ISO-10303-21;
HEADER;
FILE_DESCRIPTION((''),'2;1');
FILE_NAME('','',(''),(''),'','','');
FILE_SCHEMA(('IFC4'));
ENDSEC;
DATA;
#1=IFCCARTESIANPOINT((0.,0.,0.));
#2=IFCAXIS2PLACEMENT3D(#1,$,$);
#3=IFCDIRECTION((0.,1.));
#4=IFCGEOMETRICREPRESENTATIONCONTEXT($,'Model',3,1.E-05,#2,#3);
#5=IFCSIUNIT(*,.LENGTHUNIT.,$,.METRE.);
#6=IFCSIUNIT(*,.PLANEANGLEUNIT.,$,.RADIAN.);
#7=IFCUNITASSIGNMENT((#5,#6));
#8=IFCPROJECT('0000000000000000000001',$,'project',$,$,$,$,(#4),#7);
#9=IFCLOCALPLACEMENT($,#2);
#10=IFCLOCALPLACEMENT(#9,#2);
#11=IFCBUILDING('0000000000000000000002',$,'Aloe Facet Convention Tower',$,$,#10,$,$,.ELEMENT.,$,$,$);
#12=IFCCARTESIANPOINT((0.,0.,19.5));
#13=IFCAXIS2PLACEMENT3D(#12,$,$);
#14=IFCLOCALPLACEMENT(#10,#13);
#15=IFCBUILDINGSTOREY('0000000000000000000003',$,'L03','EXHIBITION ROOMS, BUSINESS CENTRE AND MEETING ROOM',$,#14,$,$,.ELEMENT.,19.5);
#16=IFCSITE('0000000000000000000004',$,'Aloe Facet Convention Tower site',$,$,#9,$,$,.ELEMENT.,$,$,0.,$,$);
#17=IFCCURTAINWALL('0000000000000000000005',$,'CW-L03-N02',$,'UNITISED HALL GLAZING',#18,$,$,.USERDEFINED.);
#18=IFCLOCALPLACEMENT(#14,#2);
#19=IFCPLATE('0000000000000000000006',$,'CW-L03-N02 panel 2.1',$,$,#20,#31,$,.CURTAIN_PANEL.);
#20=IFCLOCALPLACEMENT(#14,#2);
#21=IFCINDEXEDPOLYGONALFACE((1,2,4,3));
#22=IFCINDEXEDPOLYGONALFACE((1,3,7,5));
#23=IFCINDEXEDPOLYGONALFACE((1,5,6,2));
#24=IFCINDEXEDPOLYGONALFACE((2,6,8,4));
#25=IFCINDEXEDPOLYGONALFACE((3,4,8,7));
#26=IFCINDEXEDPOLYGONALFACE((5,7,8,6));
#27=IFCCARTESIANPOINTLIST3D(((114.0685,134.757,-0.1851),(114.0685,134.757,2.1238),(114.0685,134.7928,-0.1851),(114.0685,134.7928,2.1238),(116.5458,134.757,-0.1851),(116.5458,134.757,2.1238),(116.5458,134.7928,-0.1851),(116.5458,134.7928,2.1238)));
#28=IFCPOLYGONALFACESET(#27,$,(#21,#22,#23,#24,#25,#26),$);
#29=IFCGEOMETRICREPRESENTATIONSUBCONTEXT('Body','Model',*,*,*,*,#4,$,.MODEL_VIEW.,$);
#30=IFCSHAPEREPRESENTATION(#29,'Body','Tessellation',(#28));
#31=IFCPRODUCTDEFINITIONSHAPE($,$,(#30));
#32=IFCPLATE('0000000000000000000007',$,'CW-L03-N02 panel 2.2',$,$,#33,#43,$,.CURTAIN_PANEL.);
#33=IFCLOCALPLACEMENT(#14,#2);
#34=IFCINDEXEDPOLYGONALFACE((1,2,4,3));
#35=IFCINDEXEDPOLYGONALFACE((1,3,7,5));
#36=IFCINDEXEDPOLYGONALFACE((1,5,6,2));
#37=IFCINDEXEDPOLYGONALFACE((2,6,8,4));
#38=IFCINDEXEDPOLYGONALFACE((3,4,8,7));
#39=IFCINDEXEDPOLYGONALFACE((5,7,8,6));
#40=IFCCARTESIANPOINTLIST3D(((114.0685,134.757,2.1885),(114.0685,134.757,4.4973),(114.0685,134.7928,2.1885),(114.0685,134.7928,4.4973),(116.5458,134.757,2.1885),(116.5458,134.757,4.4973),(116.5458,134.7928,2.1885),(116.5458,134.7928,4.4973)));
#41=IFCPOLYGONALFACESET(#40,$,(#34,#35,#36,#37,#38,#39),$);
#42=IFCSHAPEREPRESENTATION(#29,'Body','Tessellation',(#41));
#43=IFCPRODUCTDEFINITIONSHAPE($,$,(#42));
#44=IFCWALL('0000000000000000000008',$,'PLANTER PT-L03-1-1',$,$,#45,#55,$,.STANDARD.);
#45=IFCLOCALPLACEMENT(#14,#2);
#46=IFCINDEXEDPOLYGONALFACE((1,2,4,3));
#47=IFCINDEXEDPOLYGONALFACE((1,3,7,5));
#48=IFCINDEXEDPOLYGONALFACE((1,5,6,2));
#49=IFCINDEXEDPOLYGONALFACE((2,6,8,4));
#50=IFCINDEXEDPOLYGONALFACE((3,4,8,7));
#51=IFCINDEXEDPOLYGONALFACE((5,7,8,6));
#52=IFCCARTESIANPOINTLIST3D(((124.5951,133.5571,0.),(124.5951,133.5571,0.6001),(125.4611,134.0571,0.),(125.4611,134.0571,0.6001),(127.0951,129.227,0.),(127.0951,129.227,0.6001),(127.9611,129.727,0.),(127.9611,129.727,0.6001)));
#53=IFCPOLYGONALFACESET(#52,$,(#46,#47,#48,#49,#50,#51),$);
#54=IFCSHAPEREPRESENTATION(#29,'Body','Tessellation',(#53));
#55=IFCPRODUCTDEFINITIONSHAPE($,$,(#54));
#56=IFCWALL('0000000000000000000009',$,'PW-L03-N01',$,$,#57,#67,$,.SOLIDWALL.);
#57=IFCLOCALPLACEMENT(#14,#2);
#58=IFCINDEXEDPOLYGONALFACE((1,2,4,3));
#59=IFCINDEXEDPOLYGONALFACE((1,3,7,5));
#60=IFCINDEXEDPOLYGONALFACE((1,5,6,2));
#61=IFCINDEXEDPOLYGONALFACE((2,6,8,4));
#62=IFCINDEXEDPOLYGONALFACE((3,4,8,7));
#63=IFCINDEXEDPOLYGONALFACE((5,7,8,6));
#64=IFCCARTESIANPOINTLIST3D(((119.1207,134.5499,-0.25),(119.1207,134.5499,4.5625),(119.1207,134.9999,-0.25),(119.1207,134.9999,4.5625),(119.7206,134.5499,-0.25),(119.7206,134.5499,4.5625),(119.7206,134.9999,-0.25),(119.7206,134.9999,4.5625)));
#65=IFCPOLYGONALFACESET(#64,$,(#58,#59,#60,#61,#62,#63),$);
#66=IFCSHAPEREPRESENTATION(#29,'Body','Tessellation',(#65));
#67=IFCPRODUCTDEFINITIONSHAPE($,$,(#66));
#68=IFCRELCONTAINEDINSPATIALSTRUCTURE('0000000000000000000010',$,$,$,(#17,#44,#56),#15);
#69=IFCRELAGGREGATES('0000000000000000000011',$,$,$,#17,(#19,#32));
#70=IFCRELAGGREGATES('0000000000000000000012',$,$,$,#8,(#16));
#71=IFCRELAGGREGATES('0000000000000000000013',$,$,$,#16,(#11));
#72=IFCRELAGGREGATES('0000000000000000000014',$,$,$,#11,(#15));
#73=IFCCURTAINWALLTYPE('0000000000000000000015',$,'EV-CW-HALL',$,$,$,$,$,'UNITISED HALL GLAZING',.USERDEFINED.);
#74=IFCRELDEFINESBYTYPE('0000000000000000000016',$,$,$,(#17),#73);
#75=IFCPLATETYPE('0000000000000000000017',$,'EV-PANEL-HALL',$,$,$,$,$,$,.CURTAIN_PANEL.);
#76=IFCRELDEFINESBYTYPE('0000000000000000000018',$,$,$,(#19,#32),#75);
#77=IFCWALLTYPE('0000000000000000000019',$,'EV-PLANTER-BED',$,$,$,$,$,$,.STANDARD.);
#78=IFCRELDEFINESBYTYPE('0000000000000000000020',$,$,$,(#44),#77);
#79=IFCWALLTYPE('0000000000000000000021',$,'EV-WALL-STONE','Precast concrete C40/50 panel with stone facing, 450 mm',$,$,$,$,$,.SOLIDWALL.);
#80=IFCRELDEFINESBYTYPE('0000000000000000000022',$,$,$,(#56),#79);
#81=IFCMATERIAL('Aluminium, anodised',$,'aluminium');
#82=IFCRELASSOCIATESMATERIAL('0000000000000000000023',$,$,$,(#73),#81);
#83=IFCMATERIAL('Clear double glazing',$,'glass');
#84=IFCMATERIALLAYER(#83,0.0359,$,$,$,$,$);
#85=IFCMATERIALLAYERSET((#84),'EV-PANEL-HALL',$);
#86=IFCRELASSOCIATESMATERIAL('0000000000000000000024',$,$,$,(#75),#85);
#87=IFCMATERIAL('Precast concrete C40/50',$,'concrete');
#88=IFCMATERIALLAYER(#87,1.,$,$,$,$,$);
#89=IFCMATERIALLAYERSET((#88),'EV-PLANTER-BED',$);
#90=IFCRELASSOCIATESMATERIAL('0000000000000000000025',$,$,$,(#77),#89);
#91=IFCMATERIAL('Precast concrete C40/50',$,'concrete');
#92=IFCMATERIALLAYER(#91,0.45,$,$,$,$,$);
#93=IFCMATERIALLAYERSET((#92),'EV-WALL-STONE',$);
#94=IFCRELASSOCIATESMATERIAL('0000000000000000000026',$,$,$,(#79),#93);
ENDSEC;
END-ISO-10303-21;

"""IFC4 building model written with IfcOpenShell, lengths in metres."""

from ifc_helpers import new_model, si_unit, direction, frame, frame_2d, origin, origin_2d, place, context, subcontext, project, spatial, rectangle, extrude, material, layer, layer_set, type_object, element, aggregate, save


model = new_model("IFC4")

# Units and contexts
model_context = context("Model", 3, precision=1e-05, world=origin(), true_north=direction((0.0, 1.0)))
body_context = subcontext(model_context, "Body", "Model", "MODEL_VIEW")
ifc_project = project(units=[si_unit("LENGTHUNIT", "METRE"), si_unit("PLANEANGLEUNIT", "RADIAN")], contexts=[model_context])

# Site, building, storey
site_placement = place(None, origin())
site = spatial("IfcSite", under=ifc_project, at=site_placement, Name="Aloe Facet Convention Tower site", CompositionType="ELEMENT", RefElevation=0.0)
building_placement = place(site_placement, origin())
building = spatial("IfcBuilding", under=site, at=building_placement, Name="Aloe Facet Convention Tower", CompositionType="ELEMENT")
storey_placement = place(building_placement, frame((0.0, 0.0, 19.5)))
storey = spatial("IfcBuildingStorey", under=building, at=storey_placement, Name="L03", Description="EXHIBITION ROOMS, BUSINESS CENTRE AND MEETING ROOM", CompositionType="ELEMENT", Elevation=19.5)

# Curtain wall
ifc_material_1 = material(Name="Aluminium, anodised", Category="aluminium")
curtain_wall_type = type_object("IfcCurtainWallType", Name="EV-CW-HALL", ElementType="UNITISED HALL GLAZING", PredefinedType="USERDEFINED", material=ifc_material_1)
curtain_wall_placement = place(storey_placement, origin())
curtain_wall = element("IfcCurtainWall", 1, at=curtain_wall_placement, inside=storey, type_object=curtain_wall_type, Name="CW-L03-N02", ObjectType="UNITISED HALL GLAZING", PredefinedType="USERDEFINED")

# Plates
ifc_material_2 = material(Name="Clear double glazing", Category="glass")
ifc_layer_1 = layer(ifc_material_2, 0.0359)
ifc_layer_set_1 = layer_set([ifc_layer_1], Name="EV-PANEL-HALL")
plate_type = type_object("IfcPlateType", Name="EV-PANEL-HALL", PredefinedType="CURTAIN_PANEL", material=ifc_layer_set_1)
plate_1_placement = place(storey_placement, frame((115.3071, 134.7749, -0.1851), z_axis=(0.0, 0.0, 1.0), x_axis=(-1.0, 0.0, 0.0)))
plate_1 = element("IfcPlate", 2, at=plate_1_placement, type_object=plate_type, Name="CW-L03-N02 panel 2.1", PredefinedType="CURTAIN_PANEL", context=body_context, shape_type="SweptSolid", body=[
    extrude(rectangle(XDim=2.4773, YDim=0.0359, at=origin_2d()), origin(), (0.0, 0.0, 1.0), 2.3088),
])
plate_2_placement = place(storey_placement, frame((115.3071, 134.7749, 2.1885), z_axis=(0.0, 0.0, 1.0), x_axis=(-1.0, 0.0, 0.0)))
plate_2 = element("IfcPlate", 3, at=plate_2_placement, type_object=plate_type, Name="CW-L03-N02 panel 2.2", PredefinedType="CURTAIN_PANEL", context=body_context, shape_type="SweptSolid", body=[
    extrude(rectangle(XDim=2.4773, YDim=0.0359, at=origin_2d()), origin(), (0.0, 0.0, 1.0), 2.3088),
])
aggregate(curtain_wall, [plate_1, plate_2])

# Walls
ifc_material_3 = material(Name="Precast concrete C40/50", Category="concrete")
ifc_layer_2 = layer(ifc_material_3, 1.0)
ifc_layer_set_2 = layer_set([ifc_layer_2], Name="EV-PLANTER-BED")
wall_type_1 = type_object("IfcWallType", Name="EV-PLANTER-BED", PredefinedType="STANDARD", material=ifc_layer_set_2)
wall_1_placement = place(storey_placement, frame((125.0281, 133.8071, 0.0), z_axis=(0.0, 0.0, 1.0), x_axis=(0.500004, -0.866023, 0.0)))
element("IfcWall", 4, at=wall_1_placement, inside=storey, type_object=wall_type_1, Name="PLANTER PT-L03-1-1", PredefinedType="STANDARD", context=body_context, shape_type="SweptSolid", body=[
    extrude(rectangle(XDim=5.0, YDim=1.0, at=frame_2d((2.5, 0.0))), origin(), (0.0, 0.0, 1.0), 0.6001),
])
ifc_material_4 = material(Name="Precast concrete C40/50", Category="concrete")
ifc_layer_3 = layer(ifc_material_4, 0.45)
ifc_layer_set_3 = layer_set([ifc_layer_3], Name="EV-WALL-STONE")
wall_type_2 = type_object("IfcWallType", Name="EV-WALL-STONE", Description="Precast concrete C40/50 panel with stone facing, 450 mm", PredefinedType="SOLIDWALL", material=ifc_layer_set_3)
wall_2_placement = place(storey_placement, frame((119.7205, 134.7749, -0.25), z_axis=(0.0, 0.0, 1.0), x_axis=(-1.0, 0.0, 0.0)))
element("IfcWall", 5, at=wall_2_placement, inside=storey, type_object=wall_type_2, Name="PW-L03-N01", PredefinedType="SOLIDWALL", context=body_context, shape_type="SweptSolid", body=[
    extrude(rectangle(XDim=0.5999, YDim=0.45, at=frame_2d((0.2998, 0.0))), origin(), (0.0, 0.0, 1.0), 4.8125),
])

save(model, "model.ifc")
